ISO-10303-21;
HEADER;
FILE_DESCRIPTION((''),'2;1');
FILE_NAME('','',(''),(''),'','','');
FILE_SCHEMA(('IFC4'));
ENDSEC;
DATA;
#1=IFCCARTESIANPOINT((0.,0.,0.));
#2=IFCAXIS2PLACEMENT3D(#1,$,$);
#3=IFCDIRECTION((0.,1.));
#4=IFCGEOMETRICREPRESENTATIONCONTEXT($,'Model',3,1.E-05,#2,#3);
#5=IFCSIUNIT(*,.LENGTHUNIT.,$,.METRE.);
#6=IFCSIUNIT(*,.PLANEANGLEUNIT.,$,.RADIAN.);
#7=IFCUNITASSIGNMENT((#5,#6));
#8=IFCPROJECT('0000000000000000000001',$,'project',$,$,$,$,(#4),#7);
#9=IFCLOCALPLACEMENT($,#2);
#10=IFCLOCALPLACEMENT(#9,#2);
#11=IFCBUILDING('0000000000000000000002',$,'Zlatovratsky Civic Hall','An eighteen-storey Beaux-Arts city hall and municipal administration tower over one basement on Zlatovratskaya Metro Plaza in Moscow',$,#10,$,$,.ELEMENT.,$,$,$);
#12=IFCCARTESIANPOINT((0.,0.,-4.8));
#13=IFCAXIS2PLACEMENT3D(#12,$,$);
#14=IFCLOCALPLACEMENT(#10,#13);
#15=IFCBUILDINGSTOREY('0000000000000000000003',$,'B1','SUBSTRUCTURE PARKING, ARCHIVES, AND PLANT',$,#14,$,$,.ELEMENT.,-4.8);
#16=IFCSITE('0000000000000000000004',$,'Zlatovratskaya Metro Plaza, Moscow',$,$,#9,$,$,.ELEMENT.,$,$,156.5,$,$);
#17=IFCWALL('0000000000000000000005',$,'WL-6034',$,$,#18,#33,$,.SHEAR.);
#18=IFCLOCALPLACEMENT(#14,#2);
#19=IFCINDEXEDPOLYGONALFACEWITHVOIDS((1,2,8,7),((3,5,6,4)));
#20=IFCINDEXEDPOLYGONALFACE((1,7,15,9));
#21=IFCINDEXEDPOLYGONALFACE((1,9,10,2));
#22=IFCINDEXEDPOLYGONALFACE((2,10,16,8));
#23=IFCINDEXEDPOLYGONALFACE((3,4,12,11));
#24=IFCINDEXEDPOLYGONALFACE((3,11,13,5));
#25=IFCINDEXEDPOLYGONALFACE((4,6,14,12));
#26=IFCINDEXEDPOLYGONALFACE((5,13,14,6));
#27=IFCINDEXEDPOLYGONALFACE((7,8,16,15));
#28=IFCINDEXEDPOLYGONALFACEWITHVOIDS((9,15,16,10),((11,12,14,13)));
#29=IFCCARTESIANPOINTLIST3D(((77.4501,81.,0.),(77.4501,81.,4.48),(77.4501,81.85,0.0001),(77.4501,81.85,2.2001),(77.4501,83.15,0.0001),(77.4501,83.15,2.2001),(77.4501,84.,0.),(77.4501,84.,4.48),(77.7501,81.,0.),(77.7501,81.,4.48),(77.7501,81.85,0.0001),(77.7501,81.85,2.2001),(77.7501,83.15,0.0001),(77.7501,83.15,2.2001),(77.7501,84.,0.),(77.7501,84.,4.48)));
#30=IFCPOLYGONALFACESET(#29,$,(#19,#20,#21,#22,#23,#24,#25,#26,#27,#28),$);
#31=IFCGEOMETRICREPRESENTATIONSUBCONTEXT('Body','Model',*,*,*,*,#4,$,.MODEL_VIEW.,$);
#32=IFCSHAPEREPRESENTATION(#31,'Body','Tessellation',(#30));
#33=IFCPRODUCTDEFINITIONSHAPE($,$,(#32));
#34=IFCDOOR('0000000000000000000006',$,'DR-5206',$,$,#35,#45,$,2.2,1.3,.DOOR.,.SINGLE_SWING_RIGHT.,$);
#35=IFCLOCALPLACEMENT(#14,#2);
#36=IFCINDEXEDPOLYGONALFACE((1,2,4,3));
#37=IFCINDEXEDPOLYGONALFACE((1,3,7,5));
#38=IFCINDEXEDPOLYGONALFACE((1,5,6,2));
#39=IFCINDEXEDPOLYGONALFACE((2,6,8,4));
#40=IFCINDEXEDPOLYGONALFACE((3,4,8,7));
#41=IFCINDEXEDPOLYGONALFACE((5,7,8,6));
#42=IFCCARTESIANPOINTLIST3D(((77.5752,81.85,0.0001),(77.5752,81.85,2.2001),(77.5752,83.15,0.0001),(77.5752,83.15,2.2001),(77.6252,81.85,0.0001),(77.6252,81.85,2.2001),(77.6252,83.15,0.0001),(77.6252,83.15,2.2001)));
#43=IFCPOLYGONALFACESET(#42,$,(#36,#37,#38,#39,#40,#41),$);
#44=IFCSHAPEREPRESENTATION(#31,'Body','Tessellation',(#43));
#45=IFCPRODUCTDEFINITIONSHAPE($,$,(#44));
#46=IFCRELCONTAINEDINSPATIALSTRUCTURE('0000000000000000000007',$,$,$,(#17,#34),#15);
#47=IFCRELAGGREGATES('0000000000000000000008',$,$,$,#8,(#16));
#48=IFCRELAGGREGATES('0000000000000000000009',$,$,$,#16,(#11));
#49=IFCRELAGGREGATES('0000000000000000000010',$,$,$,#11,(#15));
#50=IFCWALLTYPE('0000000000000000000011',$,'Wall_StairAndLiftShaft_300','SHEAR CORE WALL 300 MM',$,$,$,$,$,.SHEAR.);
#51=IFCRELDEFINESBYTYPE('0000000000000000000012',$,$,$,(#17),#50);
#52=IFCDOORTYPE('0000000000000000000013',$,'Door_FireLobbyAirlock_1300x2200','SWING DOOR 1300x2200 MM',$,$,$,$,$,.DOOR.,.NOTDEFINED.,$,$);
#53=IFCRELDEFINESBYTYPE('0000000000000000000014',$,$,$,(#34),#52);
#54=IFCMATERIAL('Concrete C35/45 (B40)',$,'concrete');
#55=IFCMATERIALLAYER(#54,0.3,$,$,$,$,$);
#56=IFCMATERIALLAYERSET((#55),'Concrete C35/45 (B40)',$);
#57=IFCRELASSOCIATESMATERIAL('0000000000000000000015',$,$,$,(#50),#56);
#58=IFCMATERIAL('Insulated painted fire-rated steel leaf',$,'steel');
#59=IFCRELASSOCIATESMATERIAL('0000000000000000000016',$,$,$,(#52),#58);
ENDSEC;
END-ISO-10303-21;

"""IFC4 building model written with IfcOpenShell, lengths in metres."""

from ifc_helpers import new_model, si_unit, direction, frame, frame_2d, origin, place, context, subcontext, project, spatial, rectangle, extrude, material, layer, layer_set, type_object, element, fill, save


model = new_model("IFC4")

# Units and contexts
model_context = context("Model", 3, precision=1e-05, world=origin(), true_north=direction((0.0, 1.0)))
body_context = subcontext(model_context, "Body", "Model", "MODEL_VIEW")
ifc_project = project(units=[si_unit("LENGTHUNIT", "METRE"), si_unit("PLANEANGLEUNIT", "RADIAN")], contexts=[model_context])

# Site, building, storey
site_placement = place(None, origin())
site = spatial("IfcSite", under=ifc_project, at=site_placement, Name="Zlatovratskaya Metro Plaza, Moscow", CompositionType="ELEMENT", RefElevation=156.5)
building_placement = place(site_placement, origin())
building = spatial("IfcBuilding", under=site, at=building_placement, Name="Zlatovratsky Civic Hall", Description="An eighteen-storey Beaux-Arts city hall and municipal administration tower over one basement on Zlatovratskaya Metro Plaza in Moscow", CompositionType="ELEMENT")
storey_placement = place(building_placement, frame((0.0, 0.0, -4.8)))
storey = spatial("IfcBuildingStorey", under=building, at=storey_placement, Name="B1", Description="SUBSTRUCTURE PARKING, ARCHIVES, AND PLANT", CompositionType="ELEMENT", Elevation=-4.8)

# Wall, opening, door
ifc_material_1 = material(Name="Concrete C35/45 (B40)", Category="concrete")
ifc_layer = layer(ifc_material_1, 0.3)
ifc_layer_set = layer_set([ifc_layer], Name="Concrete C35/45 (B40)")
wall_type = type_object("IfcWallType", Name="Wall_StairAndLiftShaft_300", Description="SHEAR CORE WALL 300 MM", PredefinedType="SHEAR", material=ifc_layer_set)
ifc_material_2 = material(Name="Insulated painted fire-rated steel leaf", Category="steel")
door_type = type_object("IfcDoorType", Name="Door_FireLobbyAirlock_1300x2200", Description="SWING DOOR 1300x2200 MM", OperationType="NOTDEFINED", PredefinedType="DOOR", material=ifc_material_2)
wall_1_placement = place(storey_placement, frame((77.6001, 81.0, 0.0), z_axis=(0.0, 0.0, 1.0), x_axis=(0.0, 1.0, 0.0)))
wall_1 = element("IfcWall", 1, at=wall_1_placement, inside=storey, type_object=wall_type, Name="WL-6034", PredefinedType="SHEAR", context=body_context, shape_type="SweptSolid", body=[
    extrude(rectangle(XDim=3.0, YDim=0.3, at=frame_2d((1.5, 0.0))), origin(), (0.0, 0.0, 1.0), 4.48),
])
opening_1_placement = place(wall_1_placement, frame((0.8501, 0.0, 0.0)))
opening_1 = element("IfcOpeningElement", 2, at=opening_1_placement, cuts=wall_1, PredefinedType="OPENING", context=body_context, shape_type="SweptSolid", body=[
    extrude(rectangle(XDim=1.3, YDim=2.2, at=frame_2d((0.6499, 1.1001))), frame((0.0, 0.165, 0.0), z_axis=(0.0, -1.0, 0.0), x_axis=(1.0, 0.0, 0.0)), (0.0, 0.0, 1.0), 0.3298),
])
door_1_placement = place(opening_1_placement, origin())
door_1 = element("IfcDoor", 3, at=door_1_placement, inside=storey, type_object=door_type, Name="DR-5206", OperationType="SINGLE_SWING_RIGHT", OverallHeight=2.2, OverallWidth=1.3, PredefinedType="DOOR", context=body_context, shape_type="SweptSolid", body=[
    extrude(rectangle(XDim=1.3, YDim=2.2, at=frame_2d((0.6499, 1.1001))), frame((0.0, 0.0249, 0.0), z_axis=(0.0, -1.0, 0.0), x_axis=(1.0, 0.0, 0.0)), (0.0, 0.0, 1.0), 0.05),
])
fill(opening_1, door_1)

save(model, "model.ifc")
